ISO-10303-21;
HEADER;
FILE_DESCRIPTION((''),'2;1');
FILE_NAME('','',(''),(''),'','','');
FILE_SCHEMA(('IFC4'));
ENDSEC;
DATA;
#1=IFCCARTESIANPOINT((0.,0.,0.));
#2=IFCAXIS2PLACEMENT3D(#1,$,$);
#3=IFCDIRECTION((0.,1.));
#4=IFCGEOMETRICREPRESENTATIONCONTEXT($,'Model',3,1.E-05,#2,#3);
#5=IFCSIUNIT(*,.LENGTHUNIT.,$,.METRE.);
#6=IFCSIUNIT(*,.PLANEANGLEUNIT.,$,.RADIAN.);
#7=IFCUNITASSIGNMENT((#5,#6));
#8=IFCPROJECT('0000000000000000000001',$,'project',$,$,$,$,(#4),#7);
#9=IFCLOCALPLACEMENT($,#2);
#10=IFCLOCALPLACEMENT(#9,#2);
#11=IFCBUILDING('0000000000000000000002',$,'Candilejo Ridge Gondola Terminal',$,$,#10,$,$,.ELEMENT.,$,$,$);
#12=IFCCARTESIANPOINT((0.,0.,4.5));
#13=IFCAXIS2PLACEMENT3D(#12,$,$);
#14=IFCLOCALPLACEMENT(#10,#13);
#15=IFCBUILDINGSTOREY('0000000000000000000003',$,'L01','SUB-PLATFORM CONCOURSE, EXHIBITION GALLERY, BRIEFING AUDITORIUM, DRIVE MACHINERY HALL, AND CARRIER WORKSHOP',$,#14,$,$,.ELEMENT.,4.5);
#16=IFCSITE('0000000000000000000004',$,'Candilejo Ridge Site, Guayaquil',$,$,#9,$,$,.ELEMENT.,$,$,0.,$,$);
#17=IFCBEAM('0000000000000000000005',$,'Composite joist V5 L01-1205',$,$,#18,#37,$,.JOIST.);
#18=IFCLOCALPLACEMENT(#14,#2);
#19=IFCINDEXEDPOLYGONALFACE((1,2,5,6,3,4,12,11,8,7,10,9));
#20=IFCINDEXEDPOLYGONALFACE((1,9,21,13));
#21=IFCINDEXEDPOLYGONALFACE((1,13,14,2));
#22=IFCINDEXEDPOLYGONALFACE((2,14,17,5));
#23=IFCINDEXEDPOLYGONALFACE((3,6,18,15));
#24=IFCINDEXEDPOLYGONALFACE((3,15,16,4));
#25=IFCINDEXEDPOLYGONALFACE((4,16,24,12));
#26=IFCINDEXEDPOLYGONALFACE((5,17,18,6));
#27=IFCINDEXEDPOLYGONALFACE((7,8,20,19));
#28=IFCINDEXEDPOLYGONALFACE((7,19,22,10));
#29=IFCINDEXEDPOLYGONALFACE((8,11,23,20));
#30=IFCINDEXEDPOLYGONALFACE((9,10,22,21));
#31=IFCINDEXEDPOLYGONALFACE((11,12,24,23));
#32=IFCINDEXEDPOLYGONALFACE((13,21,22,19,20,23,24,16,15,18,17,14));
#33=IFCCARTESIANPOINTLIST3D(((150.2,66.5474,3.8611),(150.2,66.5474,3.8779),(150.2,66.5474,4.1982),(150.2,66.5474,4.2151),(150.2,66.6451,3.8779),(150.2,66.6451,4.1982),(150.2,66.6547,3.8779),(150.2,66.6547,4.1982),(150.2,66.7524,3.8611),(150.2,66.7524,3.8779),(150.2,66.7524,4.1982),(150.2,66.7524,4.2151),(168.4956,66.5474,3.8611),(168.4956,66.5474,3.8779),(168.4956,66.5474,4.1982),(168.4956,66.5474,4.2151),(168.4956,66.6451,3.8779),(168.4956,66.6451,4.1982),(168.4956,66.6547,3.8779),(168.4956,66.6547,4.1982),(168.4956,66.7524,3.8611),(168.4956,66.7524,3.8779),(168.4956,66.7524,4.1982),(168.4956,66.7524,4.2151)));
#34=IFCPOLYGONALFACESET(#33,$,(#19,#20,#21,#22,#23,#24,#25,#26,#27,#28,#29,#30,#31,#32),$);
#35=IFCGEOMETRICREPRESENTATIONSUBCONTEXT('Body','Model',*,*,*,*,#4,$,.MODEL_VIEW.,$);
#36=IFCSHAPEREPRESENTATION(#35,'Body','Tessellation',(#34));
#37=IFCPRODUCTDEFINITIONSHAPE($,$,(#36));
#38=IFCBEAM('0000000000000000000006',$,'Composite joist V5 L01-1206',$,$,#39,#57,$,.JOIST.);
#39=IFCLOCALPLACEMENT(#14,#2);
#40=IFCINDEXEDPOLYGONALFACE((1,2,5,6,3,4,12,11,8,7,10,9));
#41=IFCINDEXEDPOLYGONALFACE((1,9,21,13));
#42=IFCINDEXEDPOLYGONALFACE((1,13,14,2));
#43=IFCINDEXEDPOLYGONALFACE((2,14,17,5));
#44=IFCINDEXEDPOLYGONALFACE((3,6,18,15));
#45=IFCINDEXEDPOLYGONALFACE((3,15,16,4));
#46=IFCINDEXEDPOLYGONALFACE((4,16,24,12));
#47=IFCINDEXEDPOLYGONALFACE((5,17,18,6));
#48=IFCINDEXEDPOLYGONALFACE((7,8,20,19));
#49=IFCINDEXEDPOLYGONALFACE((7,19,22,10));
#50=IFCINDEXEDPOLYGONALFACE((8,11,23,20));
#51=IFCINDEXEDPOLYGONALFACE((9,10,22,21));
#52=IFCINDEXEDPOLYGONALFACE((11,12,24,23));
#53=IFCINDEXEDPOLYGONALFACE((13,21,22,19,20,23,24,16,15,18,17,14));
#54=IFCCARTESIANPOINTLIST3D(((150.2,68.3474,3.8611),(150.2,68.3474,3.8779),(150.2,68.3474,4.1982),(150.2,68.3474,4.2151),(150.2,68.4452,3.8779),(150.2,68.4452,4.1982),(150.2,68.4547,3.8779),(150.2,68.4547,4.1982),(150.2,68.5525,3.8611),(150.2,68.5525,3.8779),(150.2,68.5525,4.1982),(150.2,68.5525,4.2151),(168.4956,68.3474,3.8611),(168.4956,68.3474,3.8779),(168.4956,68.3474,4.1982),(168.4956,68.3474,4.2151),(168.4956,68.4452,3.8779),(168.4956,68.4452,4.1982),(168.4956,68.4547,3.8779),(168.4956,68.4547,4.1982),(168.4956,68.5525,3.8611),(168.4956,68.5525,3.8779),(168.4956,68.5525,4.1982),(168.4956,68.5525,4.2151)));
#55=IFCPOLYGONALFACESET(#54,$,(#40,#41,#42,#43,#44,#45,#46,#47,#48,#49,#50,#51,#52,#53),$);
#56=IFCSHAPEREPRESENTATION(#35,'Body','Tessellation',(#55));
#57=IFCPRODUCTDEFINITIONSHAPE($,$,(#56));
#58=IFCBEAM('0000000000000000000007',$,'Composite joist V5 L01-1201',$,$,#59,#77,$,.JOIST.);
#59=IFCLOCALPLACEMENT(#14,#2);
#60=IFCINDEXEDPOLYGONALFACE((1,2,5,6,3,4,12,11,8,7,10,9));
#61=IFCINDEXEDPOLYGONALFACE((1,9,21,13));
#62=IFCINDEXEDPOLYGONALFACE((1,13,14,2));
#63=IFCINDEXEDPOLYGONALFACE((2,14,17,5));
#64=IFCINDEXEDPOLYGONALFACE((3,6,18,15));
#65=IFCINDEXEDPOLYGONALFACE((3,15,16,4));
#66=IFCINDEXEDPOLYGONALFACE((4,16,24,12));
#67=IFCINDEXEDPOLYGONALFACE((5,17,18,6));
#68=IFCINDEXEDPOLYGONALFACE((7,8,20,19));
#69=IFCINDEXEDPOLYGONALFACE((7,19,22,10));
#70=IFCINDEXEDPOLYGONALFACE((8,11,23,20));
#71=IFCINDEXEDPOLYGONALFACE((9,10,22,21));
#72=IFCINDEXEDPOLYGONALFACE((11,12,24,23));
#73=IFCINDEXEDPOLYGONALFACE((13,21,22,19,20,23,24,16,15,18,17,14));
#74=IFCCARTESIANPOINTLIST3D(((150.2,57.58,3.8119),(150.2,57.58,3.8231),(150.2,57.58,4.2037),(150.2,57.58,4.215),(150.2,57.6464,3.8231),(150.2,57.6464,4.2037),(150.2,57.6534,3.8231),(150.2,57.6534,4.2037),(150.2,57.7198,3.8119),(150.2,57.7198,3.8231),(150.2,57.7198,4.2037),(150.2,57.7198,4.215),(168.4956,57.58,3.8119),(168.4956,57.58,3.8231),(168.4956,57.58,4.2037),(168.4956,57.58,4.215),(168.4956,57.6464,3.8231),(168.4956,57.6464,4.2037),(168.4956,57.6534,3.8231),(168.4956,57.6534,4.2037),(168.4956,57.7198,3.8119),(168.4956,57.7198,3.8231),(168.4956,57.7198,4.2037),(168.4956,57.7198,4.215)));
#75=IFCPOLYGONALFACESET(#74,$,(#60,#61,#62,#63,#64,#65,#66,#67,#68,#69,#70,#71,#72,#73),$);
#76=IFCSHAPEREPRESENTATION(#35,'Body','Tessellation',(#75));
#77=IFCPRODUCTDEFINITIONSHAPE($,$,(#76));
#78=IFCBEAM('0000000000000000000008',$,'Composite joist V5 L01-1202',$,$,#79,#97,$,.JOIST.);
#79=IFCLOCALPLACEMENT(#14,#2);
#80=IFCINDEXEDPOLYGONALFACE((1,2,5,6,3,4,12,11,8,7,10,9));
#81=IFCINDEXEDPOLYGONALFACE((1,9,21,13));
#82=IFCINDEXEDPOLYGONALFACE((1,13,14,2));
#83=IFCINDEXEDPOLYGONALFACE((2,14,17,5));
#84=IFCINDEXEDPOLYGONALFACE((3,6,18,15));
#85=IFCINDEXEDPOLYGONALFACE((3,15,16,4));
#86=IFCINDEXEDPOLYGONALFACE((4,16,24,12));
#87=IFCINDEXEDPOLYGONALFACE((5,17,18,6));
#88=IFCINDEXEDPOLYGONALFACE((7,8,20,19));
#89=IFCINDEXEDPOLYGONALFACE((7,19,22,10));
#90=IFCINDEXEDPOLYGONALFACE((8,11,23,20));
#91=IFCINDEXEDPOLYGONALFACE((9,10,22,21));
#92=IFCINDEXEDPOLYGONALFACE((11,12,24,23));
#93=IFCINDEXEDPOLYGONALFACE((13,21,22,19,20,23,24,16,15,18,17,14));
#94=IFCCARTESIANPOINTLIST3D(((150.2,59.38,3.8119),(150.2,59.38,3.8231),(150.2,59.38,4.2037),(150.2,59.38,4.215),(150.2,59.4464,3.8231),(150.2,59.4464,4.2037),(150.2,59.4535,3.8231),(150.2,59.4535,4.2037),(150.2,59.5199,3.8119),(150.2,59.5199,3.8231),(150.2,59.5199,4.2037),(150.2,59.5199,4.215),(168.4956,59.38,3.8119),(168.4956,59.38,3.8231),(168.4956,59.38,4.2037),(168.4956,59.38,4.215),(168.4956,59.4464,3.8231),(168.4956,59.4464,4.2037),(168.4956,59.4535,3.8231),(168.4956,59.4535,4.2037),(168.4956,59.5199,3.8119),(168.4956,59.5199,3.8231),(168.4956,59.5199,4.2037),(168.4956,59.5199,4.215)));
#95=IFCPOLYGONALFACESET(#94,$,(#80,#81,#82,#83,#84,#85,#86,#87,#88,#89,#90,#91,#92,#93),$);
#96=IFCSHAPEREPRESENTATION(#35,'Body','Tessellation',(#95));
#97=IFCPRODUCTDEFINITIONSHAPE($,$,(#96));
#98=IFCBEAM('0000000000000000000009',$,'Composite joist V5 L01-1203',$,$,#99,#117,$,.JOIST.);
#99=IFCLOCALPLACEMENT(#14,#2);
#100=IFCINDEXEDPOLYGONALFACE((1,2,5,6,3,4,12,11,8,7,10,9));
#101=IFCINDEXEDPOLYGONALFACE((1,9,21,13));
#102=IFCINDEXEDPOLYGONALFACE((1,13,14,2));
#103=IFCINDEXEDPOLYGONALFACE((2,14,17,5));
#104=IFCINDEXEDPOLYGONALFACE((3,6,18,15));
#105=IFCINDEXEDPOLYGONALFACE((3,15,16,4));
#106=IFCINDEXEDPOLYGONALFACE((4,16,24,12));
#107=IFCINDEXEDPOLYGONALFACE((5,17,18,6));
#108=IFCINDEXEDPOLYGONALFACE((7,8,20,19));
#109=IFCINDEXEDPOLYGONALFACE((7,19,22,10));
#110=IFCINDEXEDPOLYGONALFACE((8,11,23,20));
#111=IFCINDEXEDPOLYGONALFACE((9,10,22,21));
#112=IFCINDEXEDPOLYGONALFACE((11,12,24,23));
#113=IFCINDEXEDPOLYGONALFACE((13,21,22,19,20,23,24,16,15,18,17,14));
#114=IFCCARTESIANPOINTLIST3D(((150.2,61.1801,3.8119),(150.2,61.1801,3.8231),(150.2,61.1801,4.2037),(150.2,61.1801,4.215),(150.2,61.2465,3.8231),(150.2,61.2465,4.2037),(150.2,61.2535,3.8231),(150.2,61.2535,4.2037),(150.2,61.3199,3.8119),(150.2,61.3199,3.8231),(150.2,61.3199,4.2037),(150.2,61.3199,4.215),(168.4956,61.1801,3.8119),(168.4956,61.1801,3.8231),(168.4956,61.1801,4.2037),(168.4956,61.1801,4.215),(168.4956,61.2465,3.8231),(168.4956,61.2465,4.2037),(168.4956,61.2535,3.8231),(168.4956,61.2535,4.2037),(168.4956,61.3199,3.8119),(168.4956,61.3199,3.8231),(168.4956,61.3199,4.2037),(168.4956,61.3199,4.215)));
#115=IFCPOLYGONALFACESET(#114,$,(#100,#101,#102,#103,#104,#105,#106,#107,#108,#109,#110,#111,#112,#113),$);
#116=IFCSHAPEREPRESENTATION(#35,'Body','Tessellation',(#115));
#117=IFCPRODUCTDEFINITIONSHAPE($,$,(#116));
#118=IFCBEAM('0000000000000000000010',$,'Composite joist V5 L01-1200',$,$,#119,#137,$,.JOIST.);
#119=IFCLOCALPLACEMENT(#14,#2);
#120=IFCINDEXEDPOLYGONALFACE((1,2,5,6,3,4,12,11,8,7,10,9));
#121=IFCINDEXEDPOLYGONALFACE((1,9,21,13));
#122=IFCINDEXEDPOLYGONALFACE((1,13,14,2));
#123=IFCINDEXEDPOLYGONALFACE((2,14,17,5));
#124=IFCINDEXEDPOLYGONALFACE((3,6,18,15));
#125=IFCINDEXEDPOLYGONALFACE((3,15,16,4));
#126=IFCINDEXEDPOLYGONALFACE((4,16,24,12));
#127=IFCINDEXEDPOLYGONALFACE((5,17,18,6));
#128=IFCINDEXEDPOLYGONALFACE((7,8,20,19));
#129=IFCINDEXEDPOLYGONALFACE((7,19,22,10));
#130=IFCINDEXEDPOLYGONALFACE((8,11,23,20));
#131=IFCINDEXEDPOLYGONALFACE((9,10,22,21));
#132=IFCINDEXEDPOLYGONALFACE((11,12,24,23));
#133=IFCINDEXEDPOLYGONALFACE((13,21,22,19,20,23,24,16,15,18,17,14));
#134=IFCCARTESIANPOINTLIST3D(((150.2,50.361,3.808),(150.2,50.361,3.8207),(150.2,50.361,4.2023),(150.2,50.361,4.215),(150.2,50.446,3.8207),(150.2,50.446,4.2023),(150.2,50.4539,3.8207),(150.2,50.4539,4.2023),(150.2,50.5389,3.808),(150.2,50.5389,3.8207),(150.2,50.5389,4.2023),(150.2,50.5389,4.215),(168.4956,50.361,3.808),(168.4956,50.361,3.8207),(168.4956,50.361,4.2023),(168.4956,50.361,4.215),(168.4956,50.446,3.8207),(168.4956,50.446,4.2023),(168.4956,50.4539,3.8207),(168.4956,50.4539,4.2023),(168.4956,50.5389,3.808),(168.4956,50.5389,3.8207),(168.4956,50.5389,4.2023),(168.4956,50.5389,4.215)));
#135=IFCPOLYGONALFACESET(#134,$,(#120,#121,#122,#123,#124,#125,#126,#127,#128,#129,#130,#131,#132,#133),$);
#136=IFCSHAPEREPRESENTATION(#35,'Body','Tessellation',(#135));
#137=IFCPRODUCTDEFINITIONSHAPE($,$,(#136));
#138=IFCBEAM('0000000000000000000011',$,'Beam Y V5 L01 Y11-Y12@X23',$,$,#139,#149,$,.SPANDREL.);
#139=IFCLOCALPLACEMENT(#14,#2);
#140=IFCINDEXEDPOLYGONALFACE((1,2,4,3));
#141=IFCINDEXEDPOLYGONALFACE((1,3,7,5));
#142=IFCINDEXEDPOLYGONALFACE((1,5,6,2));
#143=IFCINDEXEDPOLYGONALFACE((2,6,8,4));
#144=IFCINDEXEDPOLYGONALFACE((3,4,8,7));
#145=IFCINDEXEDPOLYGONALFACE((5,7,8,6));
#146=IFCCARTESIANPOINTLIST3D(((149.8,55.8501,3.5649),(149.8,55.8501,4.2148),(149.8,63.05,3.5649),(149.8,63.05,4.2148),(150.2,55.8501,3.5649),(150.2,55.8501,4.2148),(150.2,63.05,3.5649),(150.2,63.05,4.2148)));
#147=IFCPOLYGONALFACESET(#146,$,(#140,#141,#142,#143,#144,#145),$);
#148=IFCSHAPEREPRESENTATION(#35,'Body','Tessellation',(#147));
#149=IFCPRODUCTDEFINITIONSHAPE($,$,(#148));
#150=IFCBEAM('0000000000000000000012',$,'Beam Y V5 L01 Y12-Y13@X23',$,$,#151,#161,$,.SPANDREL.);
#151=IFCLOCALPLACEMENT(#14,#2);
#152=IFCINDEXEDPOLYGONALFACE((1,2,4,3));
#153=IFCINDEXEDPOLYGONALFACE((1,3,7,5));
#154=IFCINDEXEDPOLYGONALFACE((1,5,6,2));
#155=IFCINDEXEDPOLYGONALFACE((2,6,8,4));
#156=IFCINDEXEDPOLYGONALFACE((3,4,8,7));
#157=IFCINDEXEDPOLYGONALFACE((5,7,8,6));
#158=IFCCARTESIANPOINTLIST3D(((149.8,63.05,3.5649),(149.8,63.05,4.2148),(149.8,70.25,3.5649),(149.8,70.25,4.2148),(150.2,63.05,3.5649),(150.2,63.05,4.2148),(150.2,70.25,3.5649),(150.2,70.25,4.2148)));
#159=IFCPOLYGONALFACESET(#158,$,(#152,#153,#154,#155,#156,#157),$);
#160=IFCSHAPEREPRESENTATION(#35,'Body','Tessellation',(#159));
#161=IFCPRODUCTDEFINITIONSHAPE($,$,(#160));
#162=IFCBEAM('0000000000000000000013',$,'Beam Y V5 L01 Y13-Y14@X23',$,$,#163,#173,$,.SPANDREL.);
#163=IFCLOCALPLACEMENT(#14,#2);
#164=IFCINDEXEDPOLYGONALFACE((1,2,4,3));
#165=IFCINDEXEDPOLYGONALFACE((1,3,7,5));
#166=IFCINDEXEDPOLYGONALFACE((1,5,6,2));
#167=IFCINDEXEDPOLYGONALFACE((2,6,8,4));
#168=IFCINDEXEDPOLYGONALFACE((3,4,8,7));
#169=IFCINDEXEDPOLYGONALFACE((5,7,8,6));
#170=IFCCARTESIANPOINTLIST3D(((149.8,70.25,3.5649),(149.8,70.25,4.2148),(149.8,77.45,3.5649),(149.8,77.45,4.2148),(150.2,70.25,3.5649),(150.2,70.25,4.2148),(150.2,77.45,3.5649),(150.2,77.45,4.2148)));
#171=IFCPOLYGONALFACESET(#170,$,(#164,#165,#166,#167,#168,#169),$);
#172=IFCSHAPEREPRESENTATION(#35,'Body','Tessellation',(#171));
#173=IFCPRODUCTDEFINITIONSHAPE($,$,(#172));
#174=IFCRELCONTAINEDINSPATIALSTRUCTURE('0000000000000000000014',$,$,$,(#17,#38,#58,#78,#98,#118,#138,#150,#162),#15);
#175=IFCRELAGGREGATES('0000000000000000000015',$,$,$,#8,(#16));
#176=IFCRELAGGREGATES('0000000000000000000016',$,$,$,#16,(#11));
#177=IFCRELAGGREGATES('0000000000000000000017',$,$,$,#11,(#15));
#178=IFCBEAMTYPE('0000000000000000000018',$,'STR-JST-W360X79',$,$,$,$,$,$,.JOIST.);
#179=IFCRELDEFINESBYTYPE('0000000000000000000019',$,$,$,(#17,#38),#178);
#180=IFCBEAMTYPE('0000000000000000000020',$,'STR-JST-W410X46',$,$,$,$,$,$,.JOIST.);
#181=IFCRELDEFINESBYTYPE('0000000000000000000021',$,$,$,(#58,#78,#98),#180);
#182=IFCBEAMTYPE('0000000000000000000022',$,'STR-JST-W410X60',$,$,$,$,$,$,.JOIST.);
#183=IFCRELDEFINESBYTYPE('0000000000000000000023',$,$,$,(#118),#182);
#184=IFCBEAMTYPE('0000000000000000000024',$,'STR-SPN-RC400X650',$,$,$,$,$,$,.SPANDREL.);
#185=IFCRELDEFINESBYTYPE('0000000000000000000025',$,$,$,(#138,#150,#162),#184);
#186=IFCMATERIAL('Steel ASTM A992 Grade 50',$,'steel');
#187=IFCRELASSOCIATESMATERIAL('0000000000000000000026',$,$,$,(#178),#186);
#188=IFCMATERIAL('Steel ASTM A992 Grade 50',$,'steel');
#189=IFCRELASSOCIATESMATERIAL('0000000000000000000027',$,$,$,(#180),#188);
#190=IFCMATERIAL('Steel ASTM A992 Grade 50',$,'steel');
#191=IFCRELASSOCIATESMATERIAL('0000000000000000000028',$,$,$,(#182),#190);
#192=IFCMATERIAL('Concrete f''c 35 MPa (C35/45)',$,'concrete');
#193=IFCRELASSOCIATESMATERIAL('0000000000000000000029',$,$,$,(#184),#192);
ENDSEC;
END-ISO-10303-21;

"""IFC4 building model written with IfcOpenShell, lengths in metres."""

from ifc_helpers import new_model, si_unit, direction, frame, origin, origin_2d, place, context, subcontext, project, spatial, rectangle, i_section, extrude, material, material_profile, profile_set, type_object, element, save


model = new_model("IFC4")

# Units and contexts
model_context = context("Model", 3, precision=1e-05, world=origin(), true_north=direction((0.0, 1.0)))
body_context = subcontext(model_context, "Body", "Model", "MODEL_VIEW")
ifc_project = project(units=[si_unit("LENGTHUNIT", "METRE"), si_unit("PLANEANGLEUNIT", "RADIAN")], contexts=[model_context])

# Site, building, storey
site_placement = place(None, origin())
site = spatial("IfcSite", under=ifc_project, at=site_placement, Name="Candilejo Ridge Site, Guayaquil", CompositionType="ELEMENT", RefElevation=0.0)
building_placement = place(site_placement, origin())
building = spatial("IfcBuilding", under=site, at=building_placement, Name="Candilejo Ridge Gondola Terminal", CompositionType="ELEMENT")
storey_placement = place(building_placement, frame((0.0, 0.0, 4.5)))
storey = spatial("IfcBuildingStorey", under=building, at=storey_placement, Name="L01", Description="SUB-PLATFORM CONCOURSE, EXHIBITION GALLERY, BRIEFING AUDITORIUM, DRIVE MACHINERY HALL, AND CARRIER WORKSHOP", CompositionType="ELEMENT", Elevation=4.5)

# Beams
ifc_material_1 = material(Name="Steel ASTM A992 Grade 50", Category="steel")
ifc_material_profile_1 = material_profile(ifc_material_1, i_section(OverallWidth=0.2051, OverallDepth=0.354, WebThickness=0.0095, FlangeThickness=0.0168, at=origin_2d()))
ifc_profile_set_1 = profile_set([ifc_material_profile_1], Name="Steel ASTM A992 Grade 50")
beam_type_1 = type_object("IfcBeamType", Name="STR-JST-W360X79", PredefinedType="JOIST", material=ifc_profile_set_1)
for number, where, z_axis, x_axis, name in (
    (1, (150.2, 66.6499, 4.0381), (1.0, 0.0, 0.0), (0.0, 1.0, 0.0), "Composite joist V5 L01-1205"),
    (2, (150.2, 68.45, 4.0381), (1.0, 0.0, 0.0), (0.0, 1.0, 0.0), "Composite joist V5 L01-1206"),
):
    element("IfcBeam", number, at=place(storey_placement, frame(where, z_axis=z_axis, x_axis=x_axis)), inside=storey, type_object=beam_type_1, Name=name, PredefinedType="JOIST", context=body_context, shape_type="SweptSolid", body=[
        extrude(i_section(OverallWidth=0.2051, OverallDepth=0.354, WebThickness=0.0095, FlangeThickness=0.0168, at=origin_2d()), origin(), (0.0, 0.0, 1.0), 18.2957),
    ])
ifc_material_2 = material(Name="Steel ASTM A992 Grade 50", Category="steel")
ifc_material_profile_2 = material_profile(ifc_material_2, i_section(OverallWidth=0.1399, OverallDepth=0.4031, WebThickness=0.0071, FlangeThickness=0.0112, at=origin_2d()))
ifc_profile_set_2 = profile_set([ifc_material_profile_2], Name="Steel ASTM A992 Grade 50")
beam_type_2 = type_object("IfcBeamType", Name="STR-JST-W410X46", PredefinedType="JOIST", material=ifc_profile_set_2)
for number, where, z_axis, x_axis, name in (
    (3, (150.2, 57.6499, 4.0134), (1.0, 0.0, 0.0), (0.0, 1.0, 0.0), "Composite joist V5 L01-1201"),
    (4, (150.2, 59.45, 4.0134), (1.0, 0.0, 0.0), (0.0, 1.0, 0.0), "Composite joist V5 L01-1202"),
    (5, (150.2, 61.25, 4.0134), (1.0, 0.0, 0.0), (0.0, 1.0, 0.0), "Composite joist V5 L01-1203"),
):
    element("IfcBeam", number, at=place(storey_placement, frame(where, z_axis=z_axis, x_axis=x_axis)), inside=storey, type_object=beam_type_2, Name=name, PredefinedType="JOIST", context=body_context, shape_type="SweptSolid", body=[
        extrude(i_section(OverallWidth=0.1399, OverallDepth=0.4031, WebThickness=0.0071, FlangeThickness=0.0112, at=origin_2d()), origin(), (0.0, 0.0, 1.0), 18.2957),
    ])
ifc_material_3 = material(Name="Steel ASTM A992 Grade 50", Category="steel")
ifc_material_profile_3 = material_profile(ifc_material_3, i_section(OverallWidth=0.178, OverallDepth=0.407, WebThickness=0.0078, FlangeThickness=0.0127, at=origin_2d()))
ifc_profile_set_3 = profile_set([ifc_material_profile_3], Name="Steel ASTM A992 Grade 50")
beam_type_3 = type_object("IfcBeamType", Name="STR-JST-W410X60", PredefinedType="JOIST", material=ifc_profile_set_3)
beam_1_placement = place(storey_placement, frame((150.2, 50.45, 4.0115), z_axis=(1.0, 0.0, 0.0), x_axis=(0.0, 1.0, 0.0)))
element("IfcBeam", 6, at=beam_1_placement, inside=storey, type_object=beam_type_3, Name="Composite joist V5 L01-1200", PredefinedType="JOIST", context=body_context, shape_type="SweptSolid", body=[
    extrude(i_section(OverallWidth=0.178, OverallDepth=0.407, WebThickness=0.0078, FlangeThickness=0.0127, at=origin_2d()), origin(), (0.0, 0.0, 1.0), 18.2957),
])
ifc_material_4 = material(Name="Concrete f'c 35 MPa (C35/45)", Category="concrete")
ifc_material_profile_4 = material_profile(ifc_material_4, rectangle(XDim=0.3999, YDim=0.6499, at=origin_2d()))
ifc_profile_set_4 = profile_set([ifc_material_profile_4], Name="Concrete f'c 35 MPa (C35/45)")
beam_type_4 = type_object("IfcBeamType", Name="STR-SPN-RC400X650", PredefinedType="SPANDREL", material=ifc_profile_set_4)
for number, where, z_axis, x_axis, name in (
    (7, (150.0, 55.8501, 3.8899), (0.0, 1.0, 0.0), (-1.0, 0.0, 0.0), "Beam Y V5 L01 Y11-Y12@X23"),
    (8, (150.0, 63.05, 3.8899), (0.0, 1.0, 0.0), (-1.0, 0.0, 0.0), "Beam Y V5 L01 Y12-Y13@X23"),
    (9, (150.0, 70.25, 3.8899), (0.0, 1.0, 0.0), (-1.0, 0.0, 0.0), "Beam Y V5 L01 Y13-Y14@X23"),
):
    element("IfcBeam", number, at=place(storey_placement, frame(where, z_axis=z_axis, x_axis=x_axis)), inside=storey, type_object=beam_type_4, Name=name, PredefinedType="SPANDREL", context=body_context, shape_type="SweptSolid", body=[
        extrude(rectangle(XDim=0.3999, YDim=0.6499, at=origin_2d()), origin(), (0.0, 0.0, 1.0), 7.2),
    ])

save(model, "model.ifc")
